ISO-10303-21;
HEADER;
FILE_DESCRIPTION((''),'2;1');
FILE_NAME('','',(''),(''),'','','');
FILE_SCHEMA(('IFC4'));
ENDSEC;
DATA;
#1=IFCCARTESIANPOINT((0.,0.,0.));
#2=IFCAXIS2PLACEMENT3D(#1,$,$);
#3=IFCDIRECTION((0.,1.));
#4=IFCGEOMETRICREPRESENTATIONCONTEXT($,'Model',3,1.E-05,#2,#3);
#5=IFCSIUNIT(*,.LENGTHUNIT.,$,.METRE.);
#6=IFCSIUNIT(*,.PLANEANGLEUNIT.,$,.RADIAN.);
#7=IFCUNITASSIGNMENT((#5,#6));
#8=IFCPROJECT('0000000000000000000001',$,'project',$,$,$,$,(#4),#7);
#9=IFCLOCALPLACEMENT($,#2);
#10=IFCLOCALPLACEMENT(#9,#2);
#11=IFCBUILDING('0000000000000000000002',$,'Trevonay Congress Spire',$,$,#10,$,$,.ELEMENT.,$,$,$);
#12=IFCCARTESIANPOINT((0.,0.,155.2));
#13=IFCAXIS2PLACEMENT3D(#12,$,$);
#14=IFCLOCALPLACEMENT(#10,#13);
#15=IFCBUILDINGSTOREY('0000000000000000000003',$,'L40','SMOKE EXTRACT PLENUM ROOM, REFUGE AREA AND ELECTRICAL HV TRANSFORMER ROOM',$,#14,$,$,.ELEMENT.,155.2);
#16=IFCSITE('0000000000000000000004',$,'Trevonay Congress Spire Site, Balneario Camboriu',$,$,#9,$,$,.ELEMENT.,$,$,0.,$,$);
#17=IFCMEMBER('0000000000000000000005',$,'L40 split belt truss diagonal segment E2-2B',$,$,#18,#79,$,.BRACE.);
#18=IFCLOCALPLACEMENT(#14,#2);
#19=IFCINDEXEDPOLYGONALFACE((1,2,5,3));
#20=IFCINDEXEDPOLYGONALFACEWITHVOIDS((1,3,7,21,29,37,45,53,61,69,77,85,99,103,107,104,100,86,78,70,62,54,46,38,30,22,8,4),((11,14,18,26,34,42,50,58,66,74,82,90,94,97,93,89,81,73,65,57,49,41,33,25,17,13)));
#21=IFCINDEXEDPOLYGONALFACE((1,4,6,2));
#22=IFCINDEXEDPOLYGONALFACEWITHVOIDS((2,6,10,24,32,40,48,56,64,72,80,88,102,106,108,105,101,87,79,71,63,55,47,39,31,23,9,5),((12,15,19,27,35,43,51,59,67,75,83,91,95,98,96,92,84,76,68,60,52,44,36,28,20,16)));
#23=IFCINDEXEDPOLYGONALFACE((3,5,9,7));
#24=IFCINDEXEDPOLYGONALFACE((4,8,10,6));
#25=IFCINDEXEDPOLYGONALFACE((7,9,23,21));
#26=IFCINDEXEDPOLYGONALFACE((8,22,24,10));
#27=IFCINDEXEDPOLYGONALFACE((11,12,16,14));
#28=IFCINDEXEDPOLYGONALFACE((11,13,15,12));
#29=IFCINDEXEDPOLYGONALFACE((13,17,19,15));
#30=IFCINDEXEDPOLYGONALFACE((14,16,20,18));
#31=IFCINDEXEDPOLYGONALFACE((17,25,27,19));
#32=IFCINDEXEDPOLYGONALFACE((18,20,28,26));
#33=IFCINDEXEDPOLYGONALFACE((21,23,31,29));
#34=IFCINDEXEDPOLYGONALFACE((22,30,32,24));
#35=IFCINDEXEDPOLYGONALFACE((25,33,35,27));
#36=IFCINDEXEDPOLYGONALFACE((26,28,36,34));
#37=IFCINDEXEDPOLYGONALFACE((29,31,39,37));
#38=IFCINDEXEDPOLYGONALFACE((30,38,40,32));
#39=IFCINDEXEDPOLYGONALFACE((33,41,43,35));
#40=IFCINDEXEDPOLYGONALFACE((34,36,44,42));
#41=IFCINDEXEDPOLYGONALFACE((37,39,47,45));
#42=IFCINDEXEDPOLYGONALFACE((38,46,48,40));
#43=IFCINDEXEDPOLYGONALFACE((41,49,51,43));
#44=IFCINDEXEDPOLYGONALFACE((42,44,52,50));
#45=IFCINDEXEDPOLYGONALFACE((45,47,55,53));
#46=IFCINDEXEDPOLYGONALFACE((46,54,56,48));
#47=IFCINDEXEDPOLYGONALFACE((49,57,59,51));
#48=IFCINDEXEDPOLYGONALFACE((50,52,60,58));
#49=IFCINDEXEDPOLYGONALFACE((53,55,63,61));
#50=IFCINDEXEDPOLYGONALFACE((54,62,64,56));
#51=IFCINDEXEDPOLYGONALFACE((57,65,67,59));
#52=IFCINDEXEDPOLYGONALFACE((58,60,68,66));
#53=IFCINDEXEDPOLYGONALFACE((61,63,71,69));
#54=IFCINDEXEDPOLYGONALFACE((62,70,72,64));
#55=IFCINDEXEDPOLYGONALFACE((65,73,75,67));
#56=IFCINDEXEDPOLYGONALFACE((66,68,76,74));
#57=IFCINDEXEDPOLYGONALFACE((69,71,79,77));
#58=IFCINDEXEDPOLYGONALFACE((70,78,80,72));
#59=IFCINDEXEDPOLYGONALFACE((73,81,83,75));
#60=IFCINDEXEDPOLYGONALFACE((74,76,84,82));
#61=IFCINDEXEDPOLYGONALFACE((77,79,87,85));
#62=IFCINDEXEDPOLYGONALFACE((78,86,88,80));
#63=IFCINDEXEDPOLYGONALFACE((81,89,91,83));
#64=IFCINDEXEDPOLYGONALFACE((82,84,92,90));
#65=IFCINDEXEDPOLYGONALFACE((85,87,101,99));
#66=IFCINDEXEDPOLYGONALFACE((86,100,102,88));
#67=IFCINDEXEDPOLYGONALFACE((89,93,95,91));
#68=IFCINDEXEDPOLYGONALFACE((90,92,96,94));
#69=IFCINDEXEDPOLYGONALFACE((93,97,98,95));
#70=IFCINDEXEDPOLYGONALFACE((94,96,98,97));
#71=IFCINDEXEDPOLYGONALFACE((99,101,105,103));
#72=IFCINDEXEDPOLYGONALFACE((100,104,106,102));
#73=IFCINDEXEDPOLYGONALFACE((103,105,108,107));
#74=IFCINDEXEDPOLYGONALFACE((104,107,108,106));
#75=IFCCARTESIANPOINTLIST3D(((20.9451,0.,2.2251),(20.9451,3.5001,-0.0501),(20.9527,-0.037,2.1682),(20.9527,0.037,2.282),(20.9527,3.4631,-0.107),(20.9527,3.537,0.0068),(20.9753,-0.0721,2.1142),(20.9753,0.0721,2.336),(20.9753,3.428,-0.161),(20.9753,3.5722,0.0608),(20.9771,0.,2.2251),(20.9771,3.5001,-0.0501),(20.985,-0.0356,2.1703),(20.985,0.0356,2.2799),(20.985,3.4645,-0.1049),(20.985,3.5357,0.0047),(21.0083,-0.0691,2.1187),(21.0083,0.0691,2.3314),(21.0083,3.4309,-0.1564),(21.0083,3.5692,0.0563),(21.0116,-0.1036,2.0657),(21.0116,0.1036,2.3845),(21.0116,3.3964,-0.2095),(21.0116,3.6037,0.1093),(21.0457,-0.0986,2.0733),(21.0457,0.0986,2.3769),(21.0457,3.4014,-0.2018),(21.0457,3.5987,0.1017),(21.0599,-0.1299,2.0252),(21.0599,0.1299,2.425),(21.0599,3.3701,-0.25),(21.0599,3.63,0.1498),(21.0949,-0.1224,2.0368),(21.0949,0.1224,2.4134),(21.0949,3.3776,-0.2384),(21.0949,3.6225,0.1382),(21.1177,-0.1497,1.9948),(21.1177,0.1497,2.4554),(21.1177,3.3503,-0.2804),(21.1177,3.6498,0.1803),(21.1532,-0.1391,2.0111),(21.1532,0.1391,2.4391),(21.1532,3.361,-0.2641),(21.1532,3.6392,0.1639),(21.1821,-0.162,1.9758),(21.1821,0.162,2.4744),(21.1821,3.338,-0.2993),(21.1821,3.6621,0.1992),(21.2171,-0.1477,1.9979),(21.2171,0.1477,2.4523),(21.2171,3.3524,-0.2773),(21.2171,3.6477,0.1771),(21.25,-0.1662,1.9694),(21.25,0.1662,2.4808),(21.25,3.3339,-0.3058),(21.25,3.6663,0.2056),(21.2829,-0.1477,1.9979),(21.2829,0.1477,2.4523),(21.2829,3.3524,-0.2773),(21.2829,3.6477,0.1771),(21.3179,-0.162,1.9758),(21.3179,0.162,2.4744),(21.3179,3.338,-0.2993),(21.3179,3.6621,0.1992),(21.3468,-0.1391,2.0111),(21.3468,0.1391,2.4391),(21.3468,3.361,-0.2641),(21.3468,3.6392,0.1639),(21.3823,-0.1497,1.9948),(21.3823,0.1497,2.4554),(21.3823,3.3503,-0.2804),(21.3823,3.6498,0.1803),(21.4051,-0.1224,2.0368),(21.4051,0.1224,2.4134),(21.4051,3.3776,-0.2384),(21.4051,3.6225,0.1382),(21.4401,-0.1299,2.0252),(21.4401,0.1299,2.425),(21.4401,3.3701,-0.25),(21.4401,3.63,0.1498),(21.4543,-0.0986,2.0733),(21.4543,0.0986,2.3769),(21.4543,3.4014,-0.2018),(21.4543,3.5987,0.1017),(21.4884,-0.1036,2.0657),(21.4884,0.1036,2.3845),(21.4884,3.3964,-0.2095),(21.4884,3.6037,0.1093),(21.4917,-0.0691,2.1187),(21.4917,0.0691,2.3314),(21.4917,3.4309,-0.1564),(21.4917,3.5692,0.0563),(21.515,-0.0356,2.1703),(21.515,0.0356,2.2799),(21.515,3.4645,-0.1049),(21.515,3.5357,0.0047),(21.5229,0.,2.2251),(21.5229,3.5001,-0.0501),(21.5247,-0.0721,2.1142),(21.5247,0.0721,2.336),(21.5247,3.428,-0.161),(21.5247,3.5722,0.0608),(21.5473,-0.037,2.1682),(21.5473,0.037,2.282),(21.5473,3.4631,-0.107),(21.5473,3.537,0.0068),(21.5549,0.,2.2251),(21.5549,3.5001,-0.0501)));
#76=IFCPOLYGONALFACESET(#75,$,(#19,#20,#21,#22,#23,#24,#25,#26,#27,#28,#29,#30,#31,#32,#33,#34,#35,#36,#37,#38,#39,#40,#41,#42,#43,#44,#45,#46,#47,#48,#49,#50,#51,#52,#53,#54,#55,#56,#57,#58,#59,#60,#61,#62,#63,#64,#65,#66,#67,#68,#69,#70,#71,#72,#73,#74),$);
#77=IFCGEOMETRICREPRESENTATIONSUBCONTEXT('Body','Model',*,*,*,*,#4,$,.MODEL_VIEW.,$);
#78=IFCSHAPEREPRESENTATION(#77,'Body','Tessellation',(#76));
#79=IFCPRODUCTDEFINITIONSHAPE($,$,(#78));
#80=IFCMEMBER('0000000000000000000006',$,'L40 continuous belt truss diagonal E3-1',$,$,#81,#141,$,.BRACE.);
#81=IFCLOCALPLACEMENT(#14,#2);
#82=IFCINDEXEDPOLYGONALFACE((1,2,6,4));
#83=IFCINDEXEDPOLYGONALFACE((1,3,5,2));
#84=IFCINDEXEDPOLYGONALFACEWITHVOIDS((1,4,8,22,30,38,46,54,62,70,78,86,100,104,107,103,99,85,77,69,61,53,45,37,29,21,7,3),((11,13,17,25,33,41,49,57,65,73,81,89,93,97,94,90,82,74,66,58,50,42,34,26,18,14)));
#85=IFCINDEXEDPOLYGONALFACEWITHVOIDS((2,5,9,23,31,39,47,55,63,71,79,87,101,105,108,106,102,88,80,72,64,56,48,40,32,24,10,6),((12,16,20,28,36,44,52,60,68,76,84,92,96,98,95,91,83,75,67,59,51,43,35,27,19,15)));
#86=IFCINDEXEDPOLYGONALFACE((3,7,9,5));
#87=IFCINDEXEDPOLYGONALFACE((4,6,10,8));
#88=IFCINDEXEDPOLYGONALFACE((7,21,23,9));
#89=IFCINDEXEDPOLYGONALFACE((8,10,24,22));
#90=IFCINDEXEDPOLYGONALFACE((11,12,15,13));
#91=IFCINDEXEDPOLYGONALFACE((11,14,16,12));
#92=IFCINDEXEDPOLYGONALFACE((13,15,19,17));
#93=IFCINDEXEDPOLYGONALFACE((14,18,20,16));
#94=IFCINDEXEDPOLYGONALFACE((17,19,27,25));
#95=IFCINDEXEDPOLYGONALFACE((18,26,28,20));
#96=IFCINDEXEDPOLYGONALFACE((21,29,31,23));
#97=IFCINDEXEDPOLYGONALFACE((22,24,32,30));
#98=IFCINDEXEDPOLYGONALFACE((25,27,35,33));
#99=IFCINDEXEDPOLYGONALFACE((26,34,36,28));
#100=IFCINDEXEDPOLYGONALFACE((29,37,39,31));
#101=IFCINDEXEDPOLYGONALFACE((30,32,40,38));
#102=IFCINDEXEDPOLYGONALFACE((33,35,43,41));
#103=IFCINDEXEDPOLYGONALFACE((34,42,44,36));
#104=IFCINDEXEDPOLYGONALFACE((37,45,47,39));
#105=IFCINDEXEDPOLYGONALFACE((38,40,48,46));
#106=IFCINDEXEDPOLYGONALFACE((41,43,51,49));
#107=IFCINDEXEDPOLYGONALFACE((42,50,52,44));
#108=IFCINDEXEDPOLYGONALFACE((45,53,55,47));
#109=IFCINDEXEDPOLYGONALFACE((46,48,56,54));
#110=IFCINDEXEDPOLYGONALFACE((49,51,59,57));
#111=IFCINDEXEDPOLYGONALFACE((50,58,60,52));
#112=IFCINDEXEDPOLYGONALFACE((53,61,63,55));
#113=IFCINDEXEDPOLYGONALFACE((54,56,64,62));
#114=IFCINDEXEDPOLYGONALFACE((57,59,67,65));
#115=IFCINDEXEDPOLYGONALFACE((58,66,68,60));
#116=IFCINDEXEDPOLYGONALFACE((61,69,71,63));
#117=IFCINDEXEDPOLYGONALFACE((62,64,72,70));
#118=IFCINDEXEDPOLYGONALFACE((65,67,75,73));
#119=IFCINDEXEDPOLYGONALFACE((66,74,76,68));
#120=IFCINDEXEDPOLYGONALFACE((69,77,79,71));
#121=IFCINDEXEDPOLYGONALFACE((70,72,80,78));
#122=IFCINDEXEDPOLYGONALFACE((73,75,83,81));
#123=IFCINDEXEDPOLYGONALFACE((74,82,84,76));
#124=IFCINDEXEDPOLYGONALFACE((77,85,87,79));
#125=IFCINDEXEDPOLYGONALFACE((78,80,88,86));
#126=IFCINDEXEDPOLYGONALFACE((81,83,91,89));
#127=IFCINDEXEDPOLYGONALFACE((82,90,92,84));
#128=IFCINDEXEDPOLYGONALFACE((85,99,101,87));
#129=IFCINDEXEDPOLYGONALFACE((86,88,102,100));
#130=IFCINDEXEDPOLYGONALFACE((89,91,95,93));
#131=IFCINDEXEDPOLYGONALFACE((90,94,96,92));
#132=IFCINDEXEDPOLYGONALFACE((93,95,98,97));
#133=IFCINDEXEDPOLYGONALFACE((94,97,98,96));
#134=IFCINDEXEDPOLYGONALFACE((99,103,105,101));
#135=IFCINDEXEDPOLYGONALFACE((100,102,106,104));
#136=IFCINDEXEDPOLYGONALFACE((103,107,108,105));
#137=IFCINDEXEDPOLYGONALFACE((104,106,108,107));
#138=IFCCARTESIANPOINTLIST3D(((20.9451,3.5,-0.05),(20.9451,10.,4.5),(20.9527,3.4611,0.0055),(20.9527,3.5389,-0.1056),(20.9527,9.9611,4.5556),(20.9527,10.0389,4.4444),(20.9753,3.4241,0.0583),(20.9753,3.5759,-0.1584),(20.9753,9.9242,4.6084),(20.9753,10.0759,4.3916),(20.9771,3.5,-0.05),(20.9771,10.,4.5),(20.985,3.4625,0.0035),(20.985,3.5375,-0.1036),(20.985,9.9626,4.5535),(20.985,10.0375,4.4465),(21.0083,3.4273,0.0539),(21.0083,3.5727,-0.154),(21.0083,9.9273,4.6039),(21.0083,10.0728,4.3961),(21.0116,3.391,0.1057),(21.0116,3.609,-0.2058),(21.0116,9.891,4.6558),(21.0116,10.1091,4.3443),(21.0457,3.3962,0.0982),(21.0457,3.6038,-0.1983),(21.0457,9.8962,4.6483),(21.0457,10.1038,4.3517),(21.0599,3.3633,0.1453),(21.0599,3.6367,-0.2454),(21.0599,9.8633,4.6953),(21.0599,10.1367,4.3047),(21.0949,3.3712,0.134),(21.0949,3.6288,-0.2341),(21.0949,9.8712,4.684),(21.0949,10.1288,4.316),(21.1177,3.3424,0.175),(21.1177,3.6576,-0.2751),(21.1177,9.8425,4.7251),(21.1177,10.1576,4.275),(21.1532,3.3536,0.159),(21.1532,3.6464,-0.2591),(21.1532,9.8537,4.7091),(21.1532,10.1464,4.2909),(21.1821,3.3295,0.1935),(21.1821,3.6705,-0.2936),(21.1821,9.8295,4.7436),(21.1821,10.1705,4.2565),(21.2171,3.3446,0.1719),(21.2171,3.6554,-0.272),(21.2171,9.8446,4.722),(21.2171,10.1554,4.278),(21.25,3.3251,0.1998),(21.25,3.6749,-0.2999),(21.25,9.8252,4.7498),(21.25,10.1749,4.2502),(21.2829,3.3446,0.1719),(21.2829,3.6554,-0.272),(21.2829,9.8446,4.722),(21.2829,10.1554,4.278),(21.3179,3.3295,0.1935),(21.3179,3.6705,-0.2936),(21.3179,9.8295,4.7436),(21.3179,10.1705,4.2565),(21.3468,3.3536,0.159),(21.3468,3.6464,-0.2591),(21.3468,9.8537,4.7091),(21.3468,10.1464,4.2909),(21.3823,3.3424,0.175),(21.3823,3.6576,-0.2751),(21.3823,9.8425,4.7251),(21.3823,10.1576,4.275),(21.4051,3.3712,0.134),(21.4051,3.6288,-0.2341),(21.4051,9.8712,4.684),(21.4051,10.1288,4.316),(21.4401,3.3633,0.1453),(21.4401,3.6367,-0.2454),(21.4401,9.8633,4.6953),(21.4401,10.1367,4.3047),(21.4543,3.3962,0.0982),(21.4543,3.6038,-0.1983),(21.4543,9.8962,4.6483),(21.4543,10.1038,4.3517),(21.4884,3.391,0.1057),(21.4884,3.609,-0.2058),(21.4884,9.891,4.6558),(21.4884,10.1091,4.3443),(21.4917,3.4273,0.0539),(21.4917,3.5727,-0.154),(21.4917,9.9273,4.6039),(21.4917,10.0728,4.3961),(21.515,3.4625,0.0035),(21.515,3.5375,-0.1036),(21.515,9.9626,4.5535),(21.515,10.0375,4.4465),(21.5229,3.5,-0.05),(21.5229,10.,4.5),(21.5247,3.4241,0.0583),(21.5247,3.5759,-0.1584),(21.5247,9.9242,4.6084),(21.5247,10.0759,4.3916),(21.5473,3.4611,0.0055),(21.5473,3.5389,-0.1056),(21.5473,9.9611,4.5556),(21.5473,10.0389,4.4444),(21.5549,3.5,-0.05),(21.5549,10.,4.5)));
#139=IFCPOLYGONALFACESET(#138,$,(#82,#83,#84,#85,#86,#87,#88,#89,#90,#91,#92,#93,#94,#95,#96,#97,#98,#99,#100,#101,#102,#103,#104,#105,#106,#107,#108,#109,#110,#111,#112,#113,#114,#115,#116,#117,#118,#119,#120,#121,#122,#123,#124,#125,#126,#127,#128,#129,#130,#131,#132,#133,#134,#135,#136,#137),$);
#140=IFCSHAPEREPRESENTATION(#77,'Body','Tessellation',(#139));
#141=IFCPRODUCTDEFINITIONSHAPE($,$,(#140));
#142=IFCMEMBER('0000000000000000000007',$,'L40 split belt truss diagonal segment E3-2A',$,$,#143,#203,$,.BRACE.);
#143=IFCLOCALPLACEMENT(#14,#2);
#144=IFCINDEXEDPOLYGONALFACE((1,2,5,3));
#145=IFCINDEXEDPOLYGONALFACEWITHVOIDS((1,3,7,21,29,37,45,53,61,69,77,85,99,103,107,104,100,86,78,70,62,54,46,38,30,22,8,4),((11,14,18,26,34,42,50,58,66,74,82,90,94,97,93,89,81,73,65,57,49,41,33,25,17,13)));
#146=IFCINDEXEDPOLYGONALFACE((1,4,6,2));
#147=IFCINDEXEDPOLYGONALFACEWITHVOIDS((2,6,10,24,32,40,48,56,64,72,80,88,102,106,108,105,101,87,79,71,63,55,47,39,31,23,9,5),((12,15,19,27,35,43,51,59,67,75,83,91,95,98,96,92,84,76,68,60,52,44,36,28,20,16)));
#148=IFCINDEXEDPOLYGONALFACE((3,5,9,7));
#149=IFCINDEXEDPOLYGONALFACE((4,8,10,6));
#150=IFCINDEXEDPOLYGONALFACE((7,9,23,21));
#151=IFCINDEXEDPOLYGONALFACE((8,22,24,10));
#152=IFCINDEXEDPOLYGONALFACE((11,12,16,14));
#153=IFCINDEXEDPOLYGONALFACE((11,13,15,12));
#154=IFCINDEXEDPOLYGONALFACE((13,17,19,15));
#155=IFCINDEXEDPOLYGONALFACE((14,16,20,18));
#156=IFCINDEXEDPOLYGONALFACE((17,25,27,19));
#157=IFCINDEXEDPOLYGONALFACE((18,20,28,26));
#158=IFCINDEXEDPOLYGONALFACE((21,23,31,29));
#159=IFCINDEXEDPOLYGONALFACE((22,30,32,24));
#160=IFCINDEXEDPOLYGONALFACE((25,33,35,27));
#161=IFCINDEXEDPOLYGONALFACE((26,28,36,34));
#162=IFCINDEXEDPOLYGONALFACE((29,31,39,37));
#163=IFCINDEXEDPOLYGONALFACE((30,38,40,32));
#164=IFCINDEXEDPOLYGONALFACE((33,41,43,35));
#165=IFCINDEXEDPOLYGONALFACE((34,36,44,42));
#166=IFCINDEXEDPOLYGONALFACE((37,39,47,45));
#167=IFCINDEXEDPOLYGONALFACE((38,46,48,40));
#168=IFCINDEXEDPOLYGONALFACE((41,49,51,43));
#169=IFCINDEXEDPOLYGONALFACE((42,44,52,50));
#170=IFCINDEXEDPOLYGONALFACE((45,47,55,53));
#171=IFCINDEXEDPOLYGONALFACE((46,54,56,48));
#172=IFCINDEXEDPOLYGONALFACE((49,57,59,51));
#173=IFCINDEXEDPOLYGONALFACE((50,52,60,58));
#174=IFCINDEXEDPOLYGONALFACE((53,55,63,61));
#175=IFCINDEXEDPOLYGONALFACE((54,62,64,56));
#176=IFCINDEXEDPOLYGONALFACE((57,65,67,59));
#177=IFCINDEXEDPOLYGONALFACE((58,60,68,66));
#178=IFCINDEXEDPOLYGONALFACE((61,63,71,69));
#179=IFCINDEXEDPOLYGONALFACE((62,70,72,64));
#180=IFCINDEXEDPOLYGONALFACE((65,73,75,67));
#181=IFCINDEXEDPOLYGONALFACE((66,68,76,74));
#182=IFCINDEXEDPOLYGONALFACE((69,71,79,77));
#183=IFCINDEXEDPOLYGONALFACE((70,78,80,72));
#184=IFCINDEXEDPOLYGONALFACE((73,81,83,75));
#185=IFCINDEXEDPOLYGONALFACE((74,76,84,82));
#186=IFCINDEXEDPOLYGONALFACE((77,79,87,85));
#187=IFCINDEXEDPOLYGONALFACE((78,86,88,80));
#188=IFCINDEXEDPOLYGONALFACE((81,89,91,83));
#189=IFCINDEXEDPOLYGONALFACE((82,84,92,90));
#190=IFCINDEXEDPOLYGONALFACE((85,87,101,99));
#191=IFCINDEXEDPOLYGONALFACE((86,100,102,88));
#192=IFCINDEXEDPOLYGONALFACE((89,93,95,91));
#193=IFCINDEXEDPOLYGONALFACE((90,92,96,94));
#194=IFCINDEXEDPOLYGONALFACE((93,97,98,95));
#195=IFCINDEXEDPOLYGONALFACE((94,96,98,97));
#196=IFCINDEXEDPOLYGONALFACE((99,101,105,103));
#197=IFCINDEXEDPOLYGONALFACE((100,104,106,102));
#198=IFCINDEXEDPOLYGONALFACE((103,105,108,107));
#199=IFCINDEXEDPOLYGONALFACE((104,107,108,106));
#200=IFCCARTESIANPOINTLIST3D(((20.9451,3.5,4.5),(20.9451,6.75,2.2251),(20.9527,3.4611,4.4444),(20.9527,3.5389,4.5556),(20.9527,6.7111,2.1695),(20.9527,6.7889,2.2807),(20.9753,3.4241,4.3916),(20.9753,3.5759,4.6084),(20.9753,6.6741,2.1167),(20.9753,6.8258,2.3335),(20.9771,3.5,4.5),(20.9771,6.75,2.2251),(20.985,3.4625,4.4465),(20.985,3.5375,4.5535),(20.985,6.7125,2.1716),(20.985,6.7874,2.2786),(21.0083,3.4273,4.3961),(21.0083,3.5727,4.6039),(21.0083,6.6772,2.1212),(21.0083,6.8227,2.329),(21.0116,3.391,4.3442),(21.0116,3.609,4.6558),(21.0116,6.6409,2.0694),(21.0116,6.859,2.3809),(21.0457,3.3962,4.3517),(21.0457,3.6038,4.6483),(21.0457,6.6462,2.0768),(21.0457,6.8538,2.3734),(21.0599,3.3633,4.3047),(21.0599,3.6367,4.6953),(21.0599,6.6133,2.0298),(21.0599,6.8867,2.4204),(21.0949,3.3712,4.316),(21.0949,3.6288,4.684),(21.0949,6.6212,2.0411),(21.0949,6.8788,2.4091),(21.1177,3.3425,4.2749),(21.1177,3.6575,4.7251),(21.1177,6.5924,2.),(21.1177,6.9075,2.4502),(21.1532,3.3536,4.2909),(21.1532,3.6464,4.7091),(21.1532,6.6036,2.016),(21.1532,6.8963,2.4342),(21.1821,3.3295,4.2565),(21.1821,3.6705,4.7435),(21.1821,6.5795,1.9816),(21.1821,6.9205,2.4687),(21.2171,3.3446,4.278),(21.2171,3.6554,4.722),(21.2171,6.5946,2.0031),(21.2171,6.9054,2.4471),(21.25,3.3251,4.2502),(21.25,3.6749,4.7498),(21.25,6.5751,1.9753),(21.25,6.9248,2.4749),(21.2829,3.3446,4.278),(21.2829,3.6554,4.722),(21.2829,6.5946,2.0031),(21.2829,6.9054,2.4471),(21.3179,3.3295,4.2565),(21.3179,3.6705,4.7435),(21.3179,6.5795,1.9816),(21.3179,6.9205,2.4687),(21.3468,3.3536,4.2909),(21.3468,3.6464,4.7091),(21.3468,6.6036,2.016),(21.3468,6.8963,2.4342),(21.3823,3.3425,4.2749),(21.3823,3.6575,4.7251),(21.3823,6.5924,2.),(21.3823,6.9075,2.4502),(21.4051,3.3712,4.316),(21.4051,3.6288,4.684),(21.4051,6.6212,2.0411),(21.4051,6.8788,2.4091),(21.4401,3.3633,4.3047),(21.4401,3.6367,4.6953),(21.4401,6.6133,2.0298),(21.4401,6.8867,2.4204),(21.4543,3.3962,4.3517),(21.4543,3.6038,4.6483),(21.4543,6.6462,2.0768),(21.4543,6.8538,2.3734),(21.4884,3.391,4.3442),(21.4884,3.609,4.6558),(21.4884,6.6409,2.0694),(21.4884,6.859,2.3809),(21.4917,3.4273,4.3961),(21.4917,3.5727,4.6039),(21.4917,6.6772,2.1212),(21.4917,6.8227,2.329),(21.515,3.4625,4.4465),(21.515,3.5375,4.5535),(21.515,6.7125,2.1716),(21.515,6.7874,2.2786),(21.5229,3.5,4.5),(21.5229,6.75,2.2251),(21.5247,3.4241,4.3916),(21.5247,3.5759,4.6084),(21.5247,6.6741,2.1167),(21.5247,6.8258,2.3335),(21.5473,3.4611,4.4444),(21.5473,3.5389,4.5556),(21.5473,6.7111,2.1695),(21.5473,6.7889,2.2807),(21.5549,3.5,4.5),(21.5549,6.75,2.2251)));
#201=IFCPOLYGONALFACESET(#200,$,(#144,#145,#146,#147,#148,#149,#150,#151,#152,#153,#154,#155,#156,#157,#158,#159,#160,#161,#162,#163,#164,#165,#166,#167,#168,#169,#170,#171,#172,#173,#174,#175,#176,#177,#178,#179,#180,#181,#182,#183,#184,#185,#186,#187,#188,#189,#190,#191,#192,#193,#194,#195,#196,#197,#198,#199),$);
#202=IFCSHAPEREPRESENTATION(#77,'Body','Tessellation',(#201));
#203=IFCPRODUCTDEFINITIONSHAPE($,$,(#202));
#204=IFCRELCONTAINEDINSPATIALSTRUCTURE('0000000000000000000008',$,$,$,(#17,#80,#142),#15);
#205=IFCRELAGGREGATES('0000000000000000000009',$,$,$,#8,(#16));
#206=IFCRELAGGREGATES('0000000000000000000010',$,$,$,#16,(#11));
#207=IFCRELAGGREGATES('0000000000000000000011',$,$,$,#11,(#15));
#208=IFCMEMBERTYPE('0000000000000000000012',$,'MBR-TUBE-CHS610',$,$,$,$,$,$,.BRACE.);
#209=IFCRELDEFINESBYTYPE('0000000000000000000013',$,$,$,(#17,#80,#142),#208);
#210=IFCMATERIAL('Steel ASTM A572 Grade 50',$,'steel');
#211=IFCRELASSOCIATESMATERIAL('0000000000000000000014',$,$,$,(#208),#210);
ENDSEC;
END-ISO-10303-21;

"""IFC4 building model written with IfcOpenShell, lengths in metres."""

from ifc_helpers import new_model, si_unit, direction, frame, origin, origin_2d, place, context, subcontext, project, spatial, hollow_circle, extrude, material, material_profile, profile_set, type_object, element, save


model = new_model("IFC4")

# Units and contexts
model_context = context("Model", 3, precision=1e-05, world=origin(), true_north=direction((0.0, 1.0)))
body_context = subcontext(model_context, "Body", "Model", "MODEL_VIEW")
ifc_project = project(units=[si_unit("LENGTHUNIT", "METRE"), si_unit("PLANEANGLEUNIT", "RADIAN")], contexts=[model_context])

# Site, building, storey
site_placement = place(None, origin())
site = spatial("IfcSite", under=ifc_project, at=site_placement, Name="Trevonay Congress Spire Site, Balneario Camboriu", CompositionType="ELEMENT", RefElevation=0.0)
building_placement = place(site_placement, origin())
building = spatial("IfcBuilding", under=site, at=building_placement, Name="Trevonay Congress Spire", CompositionType="ELEMENT")
storey_placement = place(building_placement, frame((0.0, 0.0, 155.2)))
storey = spatial("IfcBuildingStorey", under=building, at=storey_placement, Name="L40", Description="SMOKE EXTRACT PLENUM ROOM, REFUGE AREA AND ELECTRICAL HV TRANSFORMER ROOM", CompositionType="ELEMENT", Elevation=155.2)

# Shared definitions
ifc_material_1 = material(Name="Steel ASTM A572 Grade 50", Category="steel")

# Members
ifc_material_profile_1 = material_profile(ifc_material_1, hollow_circle(Radius=0.3049, WallThickness=0.032, at=origin_2d()), Name="CHS 610x32")
ifc_profile_set_1 = profile_set([ifc_material_profile_1], Name="Steel ASTM A572 Grade 50")
member_type_1 = type_object("IfcMemberType", Name="MBR-TUBE-CHS610", PredefinedType="BRACE", material=ifc_profile_set_1)
member_1_placement = place(storey_placement, frame((21.25, 0.0, 2.2251), z_axis=(0.0, 0.838428, -0.545013), x_axis=(-1.0, 0.0, 0.0)))
element("IfcMember", 1, at=member_1_placement, inside=storey, type_object=member_type_1, Name="L40 split belt truss diagonal segment E2-2B", PredefinedType="BRACE", context=body_context, shape_type="SweptSolid", body=[
    extrude(hollow_circle(Radius=0.3049, WallThickness=0.032, at=origin_2d()), origin(), (0.0, 0.0, 1.0), 4.1746),
])
member_2_placement = place(storey_placement, frame((21.25, 3.5, -0.05), z_axis=(0.0, 0.819229, 0.573466), x_axis=(-1.0, 0.0, 0.0)))
element("IfcMember", 2, at=member_2_placement, inside=storey, type_object=member_type_1, Name="L40 continuous belt truss diagonal E3-1", PredefinedType="BRACE", context=body_context, shape_type="SweptSolid", body=[
    extrude(hollow_circle(Radius=0.3049, WallThickness=0.032, at=origin_2d()), origin(), (0.0, 0.0, 1.0), 7.9343),
])
member_3_placement = place(storey_placement, frame((21.25, 3.5, 4.5), z_axis=(0.0, 0.819243, -0.573446), x_axis=(-1.0, 0.0, 0.0)))
element("IfcMember", 3, at=member_3_placement, inside=storey, type_object=member_type_1, Name="L40 split belt truss diagonal segment E3-2A", PredefinedType="BRACE", context=body_context, shape_type="SweptSolid", body=[
    extrude(hollow_circle(Radius=0.3049, WallThickness=0.032, at=origin_2d()), origin(), (0.0, 0.0, 1.0), 3.967),
])

save(model, "model.ifc")
